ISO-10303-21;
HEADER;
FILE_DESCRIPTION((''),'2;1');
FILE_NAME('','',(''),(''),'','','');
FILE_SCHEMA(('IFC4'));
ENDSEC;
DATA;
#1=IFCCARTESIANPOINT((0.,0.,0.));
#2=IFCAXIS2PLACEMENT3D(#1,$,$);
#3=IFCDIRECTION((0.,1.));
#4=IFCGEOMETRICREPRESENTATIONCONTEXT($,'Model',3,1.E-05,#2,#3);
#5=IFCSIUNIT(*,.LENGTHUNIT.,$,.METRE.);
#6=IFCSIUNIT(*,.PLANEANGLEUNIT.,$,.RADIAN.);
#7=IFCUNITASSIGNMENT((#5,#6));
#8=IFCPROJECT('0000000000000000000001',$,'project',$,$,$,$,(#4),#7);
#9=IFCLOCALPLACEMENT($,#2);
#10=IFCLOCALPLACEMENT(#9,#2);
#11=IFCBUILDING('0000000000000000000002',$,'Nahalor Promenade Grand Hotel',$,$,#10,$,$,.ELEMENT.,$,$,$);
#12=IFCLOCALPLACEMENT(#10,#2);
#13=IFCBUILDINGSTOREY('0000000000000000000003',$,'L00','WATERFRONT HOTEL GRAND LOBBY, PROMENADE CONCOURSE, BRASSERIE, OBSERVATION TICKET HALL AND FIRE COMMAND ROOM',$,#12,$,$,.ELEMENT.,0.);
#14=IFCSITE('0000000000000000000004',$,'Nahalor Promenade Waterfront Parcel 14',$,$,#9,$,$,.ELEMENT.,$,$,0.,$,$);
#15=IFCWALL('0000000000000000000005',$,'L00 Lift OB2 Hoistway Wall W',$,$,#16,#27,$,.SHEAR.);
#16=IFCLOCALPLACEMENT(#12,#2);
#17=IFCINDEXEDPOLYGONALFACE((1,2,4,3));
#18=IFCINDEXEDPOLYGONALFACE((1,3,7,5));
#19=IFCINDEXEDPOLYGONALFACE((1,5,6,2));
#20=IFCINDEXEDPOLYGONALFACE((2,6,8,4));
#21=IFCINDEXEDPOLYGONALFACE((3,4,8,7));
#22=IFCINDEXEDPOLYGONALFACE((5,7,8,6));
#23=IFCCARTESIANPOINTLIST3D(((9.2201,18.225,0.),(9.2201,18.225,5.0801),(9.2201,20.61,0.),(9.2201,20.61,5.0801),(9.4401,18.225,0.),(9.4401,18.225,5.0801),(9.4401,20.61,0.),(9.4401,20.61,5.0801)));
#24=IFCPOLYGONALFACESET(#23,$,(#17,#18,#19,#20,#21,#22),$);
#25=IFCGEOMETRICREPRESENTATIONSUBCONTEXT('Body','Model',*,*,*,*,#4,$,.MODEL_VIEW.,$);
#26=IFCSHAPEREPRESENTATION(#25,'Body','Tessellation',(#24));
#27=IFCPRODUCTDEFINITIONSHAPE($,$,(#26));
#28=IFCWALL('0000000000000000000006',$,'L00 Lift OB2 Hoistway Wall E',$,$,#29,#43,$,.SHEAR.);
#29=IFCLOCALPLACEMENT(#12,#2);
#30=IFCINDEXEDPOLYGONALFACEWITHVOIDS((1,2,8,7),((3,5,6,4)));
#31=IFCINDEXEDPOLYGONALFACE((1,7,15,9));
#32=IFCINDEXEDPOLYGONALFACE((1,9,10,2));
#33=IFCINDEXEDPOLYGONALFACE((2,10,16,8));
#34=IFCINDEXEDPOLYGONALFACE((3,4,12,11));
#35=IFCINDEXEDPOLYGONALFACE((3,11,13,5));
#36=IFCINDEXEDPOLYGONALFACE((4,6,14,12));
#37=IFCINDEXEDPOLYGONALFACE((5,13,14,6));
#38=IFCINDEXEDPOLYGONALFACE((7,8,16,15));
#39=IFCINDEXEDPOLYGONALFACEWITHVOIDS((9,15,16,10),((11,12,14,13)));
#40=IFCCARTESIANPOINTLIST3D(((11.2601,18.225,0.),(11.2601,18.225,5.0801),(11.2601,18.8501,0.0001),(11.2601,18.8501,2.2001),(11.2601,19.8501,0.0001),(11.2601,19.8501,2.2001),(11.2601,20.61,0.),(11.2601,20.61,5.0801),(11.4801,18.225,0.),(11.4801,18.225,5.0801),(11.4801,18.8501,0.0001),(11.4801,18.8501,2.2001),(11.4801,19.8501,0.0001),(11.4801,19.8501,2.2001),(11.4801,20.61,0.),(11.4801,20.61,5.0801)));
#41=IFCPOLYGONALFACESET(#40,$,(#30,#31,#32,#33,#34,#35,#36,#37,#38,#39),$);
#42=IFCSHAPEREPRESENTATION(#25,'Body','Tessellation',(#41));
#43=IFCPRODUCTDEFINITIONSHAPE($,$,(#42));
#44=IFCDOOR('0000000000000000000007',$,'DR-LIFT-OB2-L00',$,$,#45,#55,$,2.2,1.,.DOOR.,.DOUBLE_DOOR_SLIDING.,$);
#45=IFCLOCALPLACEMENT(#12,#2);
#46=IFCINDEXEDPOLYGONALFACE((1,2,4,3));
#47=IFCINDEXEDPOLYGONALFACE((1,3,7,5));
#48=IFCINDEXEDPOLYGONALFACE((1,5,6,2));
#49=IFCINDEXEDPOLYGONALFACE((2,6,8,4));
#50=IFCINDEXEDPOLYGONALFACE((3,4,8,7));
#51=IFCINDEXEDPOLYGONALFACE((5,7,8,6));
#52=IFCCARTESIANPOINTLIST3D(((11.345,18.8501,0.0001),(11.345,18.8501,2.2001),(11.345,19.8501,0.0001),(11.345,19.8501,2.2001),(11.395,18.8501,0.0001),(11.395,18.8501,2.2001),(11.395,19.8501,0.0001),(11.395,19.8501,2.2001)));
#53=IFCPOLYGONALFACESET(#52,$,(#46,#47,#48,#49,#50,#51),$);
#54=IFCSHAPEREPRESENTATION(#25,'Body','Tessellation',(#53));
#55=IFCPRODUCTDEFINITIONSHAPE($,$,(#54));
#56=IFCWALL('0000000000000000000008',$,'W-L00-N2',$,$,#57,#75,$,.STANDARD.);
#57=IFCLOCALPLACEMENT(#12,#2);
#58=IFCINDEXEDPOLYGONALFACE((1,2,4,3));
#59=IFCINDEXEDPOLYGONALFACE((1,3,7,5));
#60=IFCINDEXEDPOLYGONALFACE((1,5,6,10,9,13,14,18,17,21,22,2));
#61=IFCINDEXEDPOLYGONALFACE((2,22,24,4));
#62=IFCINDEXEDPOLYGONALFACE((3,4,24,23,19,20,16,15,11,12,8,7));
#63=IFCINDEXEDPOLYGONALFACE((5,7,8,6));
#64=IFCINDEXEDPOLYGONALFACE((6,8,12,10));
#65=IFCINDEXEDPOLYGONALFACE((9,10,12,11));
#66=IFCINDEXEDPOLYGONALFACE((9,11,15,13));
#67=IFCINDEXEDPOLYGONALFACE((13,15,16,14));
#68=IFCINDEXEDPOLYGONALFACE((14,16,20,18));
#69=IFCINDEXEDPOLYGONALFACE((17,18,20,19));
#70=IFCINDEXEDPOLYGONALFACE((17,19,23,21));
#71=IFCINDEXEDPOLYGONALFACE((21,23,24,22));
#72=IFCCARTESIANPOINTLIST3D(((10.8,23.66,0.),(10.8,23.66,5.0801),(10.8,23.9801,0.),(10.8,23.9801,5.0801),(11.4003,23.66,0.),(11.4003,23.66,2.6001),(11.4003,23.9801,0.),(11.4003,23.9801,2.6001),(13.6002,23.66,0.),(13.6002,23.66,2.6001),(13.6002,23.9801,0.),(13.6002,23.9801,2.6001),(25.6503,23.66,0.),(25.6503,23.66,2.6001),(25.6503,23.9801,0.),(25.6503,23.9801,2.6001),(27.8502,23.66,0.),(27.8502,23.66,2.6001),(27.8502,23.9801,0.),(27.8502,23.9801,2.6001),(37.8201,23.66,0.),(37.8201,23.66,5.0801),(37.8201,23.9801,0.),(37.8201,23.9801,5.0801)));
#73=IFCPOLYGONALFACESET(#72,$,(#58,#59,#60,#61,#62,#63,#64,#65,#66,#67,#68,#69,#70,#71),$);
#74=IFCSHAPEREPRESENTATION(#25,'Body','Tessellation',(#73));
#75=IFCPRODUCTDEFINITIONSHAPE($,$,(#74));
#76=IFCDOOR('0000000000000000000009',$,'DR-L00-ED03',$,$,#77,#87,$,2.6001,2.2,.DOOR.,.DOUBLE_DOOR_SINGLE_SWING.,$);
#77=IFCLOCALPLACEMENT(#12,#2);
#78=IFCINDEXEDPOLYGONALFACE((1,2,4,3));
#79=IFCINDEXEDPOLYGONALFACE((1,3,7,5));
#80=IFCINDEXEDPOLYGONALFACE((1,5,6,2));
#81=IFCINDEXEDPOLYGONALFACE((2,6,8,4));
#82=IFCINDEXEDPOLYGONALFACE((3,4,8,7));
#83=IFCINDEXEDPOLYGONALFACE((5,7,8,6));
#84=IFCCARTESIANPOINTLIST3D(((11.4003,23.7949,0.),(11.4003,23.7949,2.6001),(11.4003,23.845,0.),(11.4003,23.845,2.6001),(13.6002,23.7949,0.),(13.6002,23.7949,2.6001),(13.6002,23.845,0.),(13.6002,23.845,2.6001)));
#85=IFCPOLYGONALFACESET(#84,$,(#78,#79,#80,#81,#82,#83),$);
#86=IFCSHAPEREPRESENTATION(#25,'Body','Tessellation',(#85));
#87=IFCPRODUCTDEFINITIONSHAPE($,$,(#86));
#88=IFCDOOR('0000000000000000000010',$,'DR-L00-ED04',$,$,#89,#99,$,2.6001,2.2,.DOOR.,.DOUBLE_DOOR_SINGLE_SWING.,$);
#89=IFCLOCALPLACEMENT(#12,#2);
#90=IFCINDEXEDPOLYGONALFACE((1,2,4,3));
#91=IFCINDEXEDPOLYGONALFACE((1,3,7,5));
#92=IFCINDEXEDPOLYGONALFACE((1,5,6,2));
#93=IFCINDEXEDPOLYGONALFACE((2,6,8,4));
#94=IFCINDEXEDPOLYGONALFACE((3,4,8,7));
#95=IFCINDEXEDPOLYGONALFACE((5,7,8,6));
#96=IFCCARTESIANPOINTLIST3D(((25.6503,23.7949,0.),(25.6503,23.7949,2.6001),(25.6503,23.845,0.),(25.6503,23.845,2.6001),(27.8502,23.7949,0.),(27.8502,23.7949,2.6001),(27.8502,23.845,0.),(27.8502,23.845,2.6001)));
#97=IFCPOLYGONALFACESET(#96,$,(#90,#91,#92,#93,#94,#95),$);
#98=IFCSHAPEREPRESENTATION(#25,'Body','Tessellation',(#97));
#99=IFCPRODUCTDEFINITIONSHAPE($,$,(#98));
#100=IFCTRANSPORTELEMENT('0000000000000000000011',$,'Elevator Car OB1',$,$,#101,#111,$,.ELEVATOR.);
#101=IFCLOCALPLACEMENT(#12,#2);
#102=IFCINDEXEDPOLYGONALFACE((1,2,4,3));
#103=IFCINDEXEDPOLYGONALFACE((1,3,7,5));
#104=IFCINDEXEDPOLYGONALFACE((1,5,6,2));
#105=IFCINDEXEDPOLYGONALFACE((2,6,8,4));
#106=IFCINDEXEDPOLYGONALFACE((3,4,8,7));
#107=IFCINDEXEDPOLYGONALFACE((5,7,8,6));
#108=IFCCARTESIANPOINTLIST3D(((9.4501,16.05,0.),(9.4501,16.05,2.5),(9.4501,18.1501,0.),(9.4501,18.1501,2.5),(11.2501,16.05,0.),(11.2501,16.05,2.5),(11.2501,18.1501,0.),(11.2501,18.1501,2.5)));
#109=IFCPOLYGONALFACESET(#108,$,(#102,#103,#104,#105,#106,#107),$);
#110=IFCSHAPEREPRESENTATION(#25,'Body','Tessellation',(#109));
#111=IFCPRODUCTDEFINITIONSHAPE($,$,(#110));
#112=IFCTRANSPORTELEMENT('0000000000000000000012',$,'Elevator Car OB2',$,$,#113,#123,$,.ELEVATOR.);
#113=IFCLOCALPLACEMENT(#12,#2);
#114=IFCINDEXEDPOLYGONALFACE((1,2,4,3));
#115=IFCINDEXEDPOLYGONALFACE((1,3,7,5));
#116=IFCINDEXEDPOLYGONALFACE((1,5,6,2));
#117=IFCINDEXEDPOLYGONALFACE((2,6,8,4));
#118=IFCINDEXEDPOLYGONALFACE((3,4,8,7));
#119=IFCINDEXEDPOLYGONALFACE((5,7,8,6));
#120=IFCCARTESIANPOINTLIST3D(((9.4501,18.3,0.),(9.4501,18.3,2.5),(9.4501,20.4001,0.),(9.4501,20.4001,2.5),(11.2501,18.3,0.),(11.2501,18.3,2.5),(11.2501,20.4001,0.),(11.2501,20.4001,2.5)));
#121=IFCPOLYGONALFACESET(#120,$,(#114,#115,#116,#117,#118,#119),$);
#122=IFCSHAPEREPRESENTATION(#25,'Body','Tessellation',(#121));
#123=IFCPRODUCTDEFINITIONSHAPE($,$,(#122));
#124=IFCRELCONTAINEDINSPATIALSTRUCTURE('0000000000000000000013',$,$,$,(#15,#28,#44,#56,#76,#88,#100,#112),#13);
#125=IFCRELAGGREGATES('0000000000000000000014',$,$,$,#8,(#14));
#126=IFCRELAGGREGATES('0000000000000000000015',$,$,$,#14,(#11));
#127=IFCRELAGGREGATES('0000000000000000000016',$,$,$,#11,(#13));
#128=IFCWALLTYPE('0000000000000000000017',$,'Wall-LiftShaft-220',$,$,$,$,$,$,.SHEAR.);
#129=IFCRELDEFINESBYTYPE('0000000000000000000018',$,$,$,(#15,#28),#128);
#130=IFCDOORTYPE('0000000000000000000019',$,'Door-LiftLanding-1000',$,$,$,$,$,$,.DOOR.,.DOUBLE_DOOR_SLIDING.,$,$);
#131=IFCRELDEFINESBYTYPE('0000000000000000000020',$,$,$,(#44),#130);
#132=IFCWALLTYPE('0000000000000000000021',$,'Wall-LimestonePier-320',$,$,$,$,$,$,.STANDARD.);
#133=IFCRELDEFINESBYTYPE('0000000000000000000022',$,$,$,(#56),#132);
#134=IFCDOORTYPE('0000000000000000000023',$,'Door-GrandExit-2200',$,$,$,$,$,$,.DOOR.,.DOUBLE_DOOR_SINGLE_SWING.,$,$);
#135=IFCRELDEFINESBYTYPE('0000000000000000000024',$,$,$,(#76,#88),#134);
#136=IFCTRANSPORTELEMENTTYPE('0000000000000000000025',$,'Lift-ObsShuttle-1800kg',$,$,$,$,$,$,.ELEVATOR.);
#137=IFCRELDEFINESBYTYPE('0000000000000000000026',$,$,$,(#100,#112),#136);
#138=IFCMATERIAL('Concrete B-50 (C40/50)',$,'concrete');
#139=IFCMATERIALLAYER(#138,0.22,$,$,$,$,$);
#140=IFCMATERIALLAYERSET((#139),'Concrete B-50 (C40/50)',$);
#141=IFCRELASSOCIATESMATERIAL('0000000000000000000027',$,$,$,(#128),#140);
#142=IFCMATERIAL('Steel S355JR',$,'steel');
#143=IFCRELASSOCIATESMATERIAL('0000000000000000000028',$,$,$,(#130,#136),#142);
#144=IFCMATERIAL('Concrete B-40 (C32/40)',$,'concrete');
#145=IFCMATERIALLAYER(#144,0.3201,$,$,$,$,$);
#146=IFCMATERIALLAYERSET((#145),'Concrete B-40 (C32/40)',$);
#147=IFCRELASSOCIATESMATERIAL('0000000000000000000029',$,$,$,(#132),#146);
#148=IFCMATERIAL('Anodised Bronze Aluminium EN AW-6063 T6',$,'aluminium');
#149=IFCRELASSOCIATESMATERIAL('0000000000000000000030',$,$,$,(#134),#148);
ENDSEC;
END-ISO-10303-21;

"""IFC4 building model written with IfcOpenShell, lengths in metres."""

from ifc_helpers import new_model, si_unit, direction, frame, frame_2d, origin, origin_2d, place, context, subcontext, project, spatial, rectangle, extrude, source, transform, mapped, material, layer, layer_set, type_object, element, fill, save


model = new_model("IFC4")

# Units and contexts
model_context = context("Model", 3, precision=1e-05, world=origin(), true_north=direction((0.0, 1.0)))
body_context = subcontext(model_context, "Body", "Model", "MODEL_VIEW")
ifc_project = project(units=[si_unit("LENGTHUNIT", "METRE"), si_unit("PLANEANGLEUNIT", "RADIAN")], contexts=[model_context])

# Site, building, storey
site_placement = place(None, origin())
site = spatial("IfcSite", under=ifc_project, at=site_placement, Name="Nahalor Promenade Waterfront Parcel 14", CompositionType="ELEMENT", RefElevation=0.0)
building_placement = place(site_placement, origin())
building = spatial("IfcBuilding", under=site, at=building_placement, Name="Nahalor Promenade Grand Hotel", CompositionType="ELEMENT")
storey_placement = place(building_placement, origin())
storey = spatial("IfcBuildingStorey", under=building, at=storey_placement, Name="L00", Description="WATERFRONT HOTEL GRAND LOBBY, PROMENADE CONCOURSE, BRASSERIE, OBSERVATION TICKET HALL AND FIRE COMMAND ROOM", CompositionType="ELEMENT", Elevation=0.0)

# Shared definitions
ifc_material_1 = material(Name="Steel S355JR", Category="steel")

# Shared definitions
ifc_material_2 = material(Name="Anodised Bronze Aluminium EN AW-6063 T6", Category="aluminium")

# Wall
ifc_material_3 = material(Name="Concrete B-50 (C40/50)", Category="concrete")
ifc_layer_1 = layer(ifc_material_3, 0.22)
ifc_layer_set_1 = layer_set([ifc_layer_1], Name="Concrete B-50 (C40/50)")
wall_type_1 = type_object("IfcWallType", Name="Wall-LiftShaft-220", PredefinedType="SHEAR", material=ifc_layer_set_1)
shared_shape_1 = source(origin(), body_context, "Body", "SweptSolid", [
    extrude(rectangle(XDim=2.385, YDim=0.22, at=frame_2d((1.1924, 0.0))), origin(), (0.0, 0.0, 1.0), 5.0801),
])
wall_1_placement = place(storey_placement, frame((9.3301, 18.2251, 0.0), z_axis=(0.0, 0.0, 1.0), x_axis=(0.0, 1.0, 0.0)))
element("IfcWall", 1, at=wall_1_placement, inside=storey, type_object=wall_type_1, Name="L00 Lift OB2 Hoistway Wall W", PredefinedType="SHEAR", context=body_context, shape_type="MappedRepresentation", body=[
    mapped(shared_shape_1, transform((0.0, 0.0, 0.0), scale=1.0)),
])

# Wall, opening, door
wall_2_placement = place(storey_placement, frame((11.3701, 18.2251, 0.0), z_axis=(0.0, 0.0, 1.0), x_axis=(0.0, 1.0, 0.0)))
wall_2 = element("IfcWall", 2, at=wall_2_placement, inside=storey, type_object=wall_type_1, Name="L00 Lift OB2 Hoistway Wall E", PredefinedType="SHEAR", context=body_context, shape_type="MappedRepresentation", body=[
    mapped(shared_shape_1, transform((0.0, 0.0, 0.0), scale=1.0)),
])
opening_1_placement = place(wall_2_placement, frame((0.625, 0.0, 0.0)))
opening_1 = element("IfcOpeningElement", 3, at=opening_1_placement, cuts=wall_2, PredefinedType="OPENING", context=body_context, shape_type="SweptSolid", body=[
    extrude(rectangle(XDim=1.0, YDim=2.2, at=frame_2d((0.5, 1.1001))), frame((0.0, 0.1199, 0.0), z_axis=(0.0, -1.0, 0.0), x_axis=(1.0, 0.0, 0.0)), (0.0, 0.0, 1.0), 0.24),
])
door_type_1 = type_object("IfcDoorType", Name="Door-LiftLanding-1000", OperationType="DOUBLE_DOOR_SLIDING", PredefinedType="DOOR", material=ifc_material_1)
shared_shape_2 = source(origin(), body_context, "Body", "SweptSolid", [
    extrude(rectangle(XDim=1.0, YDim=2.2, at=frame_2d((0.5, 1.1001))), frame((0.0, 0.0249, 0.0), z_axis=(0.0, -1.0, 0.0), x_axis=(1.0, 0.0, 0.0)), (0.0, 0.0, 1.0), 0.05),
])
door_1_placement = place(opening_1_placement, frame((1.0, 0.0, 0.0), z_axis=(0.0, 0.0, 1.0), x_axis=(-1.0, 0.0, 0.0)))
door_1 = element("IfcDoor", 4, at=door_1_placement, inside=storey, type_object=door_type_1, Name="DR-LIFT-OB2-L00", OperationType="DOUBLE_DOOR_SLIDING", OverallHeight=2.2, OverallWidth=1.0, PredefinedType="DOOR", context=body_context, shape_type="MappedRepresentation", body=[
    mapped(shared_shape_2, transform((0.0, 0.0, 0.0), scale=1.0)),
])
fill(opening_1, door_1)

# Wall, openings, doors
ifc_material_4 = material(Name="Concrete B-40 (C32/40)", Category="concrete")
ifc_layer_2 = layer(ifc_material_4, 0.3201)
ifc_layer_set_2 = layer_set([ifc_layer_2], Name="Concrete B-40 (C32/40)")
wall_type_2 = type_object("IfcWallType", Name="Wall-LimestonePier-320", PredefinedType="STANDARD", material=ifc_layer_set_2)
shared_shape_3 = source(origin(), body_context, "Body", "SweptSolid", [
    extrude(rectangle(XDim=27.02, YDim=0.3201, at=frame_2d((13.51, 0.0))), origin(), (0.0, 0.0, 1.0), 5.0801),
])
wall_3_placement = place(storey_placement, frame((10.8, 23.8201, 0.0), z_axis=(0.0, 0.0, 1.0), x_axis=(1.0, 0.0, 0.0)))
wall_3 = element("IfcWall", 5, at=wall_3_placement, inside=storey, type_object=wall_type_2, Name="W-L00-N2", PredefinedType="STANDARD", context=body_context, shape_type="MappedRepresentation", body=[
    mapped(shared_shape_3, transform((0.0, 0.0, 0.0), scale=1.0)),
])
opening_2_placement = place(wall_3_placement, frame((0.6001, 0.0, 0.0)))
opening_2 = element("IfcOpeningElement", 6, at=opening_2_placement, cuts=wall_3, PredefinedType="OPENING", context=body_context, shape_type="SweptSolid", body=[
    extrude(rectangle(XDim=2.2, YDim=2.6001, at=frame_2d((1.1001, 1.3))), frame((0.0, 0.1699, 0.0), z_axis=(0.0, -1.0, 0.0), x_axis=(1.0, 0.0, 0.0)), (0.0, 0.0, 1.0), 0.3401),
])
opening_3_placement = place(wall_3_placement, frame((14.8501, 0.0, 0.0)))
opening_3 = element("IfcOpeningElement", 7, at=opening_3_placement, cuts=wall_3, PredefinedType="OPENING", context=body_context, shape_type="SweptSolid", body=[
    extrude(rectangle(XDim=2.2, YDim=2.6001, at=frame_2d((1.1001, 1.3))), frame((0.0, 0.1699, 0.0), z_axis=(0.0, -1.0, 0.0), x_axis=(1.0, 0.0, 0.0)), (0.0, 0.0, 1.0), 0.3401),
])
door_type_2 = type_object("IfcDoorType", Name="Door-GrandExit-2200", OperationType="DOUBLE_DOOR_SINGLE_SWING", PredefinedType="DOOR", material=ifc_material_2)
shared_shape_4 = source(origin(), body_context, "Body", "SweptSolid", [
    extrude(rectangle(XDim=2.2, YDim=2.6001, at=frame_2d((1.1001, 1.3))), frame((0.0, 0.0249, 0.0), z_axis=(0.0, -1.0, 0.0), x_axis=(1.0, 0.0, 0.0)), (0.0, 0.0, 1.0), 0.05),
])
door_2_placement = place(opening_2_placement, origin())
door_2 = element("IfcDoor", 8, at=door_2_placement, inside=storey, type_object=door_type_2, Name="DR-L00-ED03", OperationType="DOUBLE_DOOR_SINGLE_SWING", OverallHeight=2.6001, OverallWidth=2.2, PredefinedType="DOOR", context=body_context, shape_type="MappedRepresentation", body=[
    mapped(shared_shape_4, transform((0.0, 0.0, 0.0), scale=1.0)),
])
fill(opening_2, door_2)
door_3_placement = place(opening_3_placement, origin())
door_3 = element("IfcDoor", 9, at=door_3_placement, inside=storey, type_object=door_type_2, Name="DR-L00-ED04", OperationType="DOUBLE_DOOR_SINGLE_SWING", OverallHeight=2.6001, OverallWidth=2.2, PredefinedType="DOOR", context=body_context, shape_type="MappedRepresentation", body=[
    mapped(shared_shape_4, transform((0.0, 0.0, 0.0), scale=1.0)),
])
fill(opening_3, door_3)

# Transport elements
transport_element_type = type_object("IfcTransportElementType", Name="Lift-ObsShuttle-1800kg", PredefinedType="ELEVATOR", material=ifc_material_1)
shared_shape_5 = source(origin(), body_context, "Body", "SweptSolid", [
    extrude(rectangle(XDim=1.8, YDim=2.1001, at=origin_2d()), origin(), (0.0, 0.0, 1.0), 2.5),
])
for number, where, z_axis, x_axis, name in (
    (10, (10.3501, 17.1001, 0.0), (0.0, 0.0, 1.0), (1.0, 0.0, 0.0), "Elevator Car OB1"),
    (11, (10.3501, 19.3501, 0.0), (0.0, 0.0, 1.0), (1.0, 0.0, 0.0), "Elevator Car OB2"),
):
    element("IfcTransportElement", number, at=place(storey_placement, frame(where, z_axis=z_axis, x_axis=x_axis)), inside=storey, type_object=transport_element_type, Name=name, PredefinedType="ELEVATOR", context=body_context, shape_type="MappedRepresentation", body=[
        mapped(shared_shape_5, transform((0.0, 0.0, 0.0), scale=1.0)),
    ])

save(model, "model.ifc")
